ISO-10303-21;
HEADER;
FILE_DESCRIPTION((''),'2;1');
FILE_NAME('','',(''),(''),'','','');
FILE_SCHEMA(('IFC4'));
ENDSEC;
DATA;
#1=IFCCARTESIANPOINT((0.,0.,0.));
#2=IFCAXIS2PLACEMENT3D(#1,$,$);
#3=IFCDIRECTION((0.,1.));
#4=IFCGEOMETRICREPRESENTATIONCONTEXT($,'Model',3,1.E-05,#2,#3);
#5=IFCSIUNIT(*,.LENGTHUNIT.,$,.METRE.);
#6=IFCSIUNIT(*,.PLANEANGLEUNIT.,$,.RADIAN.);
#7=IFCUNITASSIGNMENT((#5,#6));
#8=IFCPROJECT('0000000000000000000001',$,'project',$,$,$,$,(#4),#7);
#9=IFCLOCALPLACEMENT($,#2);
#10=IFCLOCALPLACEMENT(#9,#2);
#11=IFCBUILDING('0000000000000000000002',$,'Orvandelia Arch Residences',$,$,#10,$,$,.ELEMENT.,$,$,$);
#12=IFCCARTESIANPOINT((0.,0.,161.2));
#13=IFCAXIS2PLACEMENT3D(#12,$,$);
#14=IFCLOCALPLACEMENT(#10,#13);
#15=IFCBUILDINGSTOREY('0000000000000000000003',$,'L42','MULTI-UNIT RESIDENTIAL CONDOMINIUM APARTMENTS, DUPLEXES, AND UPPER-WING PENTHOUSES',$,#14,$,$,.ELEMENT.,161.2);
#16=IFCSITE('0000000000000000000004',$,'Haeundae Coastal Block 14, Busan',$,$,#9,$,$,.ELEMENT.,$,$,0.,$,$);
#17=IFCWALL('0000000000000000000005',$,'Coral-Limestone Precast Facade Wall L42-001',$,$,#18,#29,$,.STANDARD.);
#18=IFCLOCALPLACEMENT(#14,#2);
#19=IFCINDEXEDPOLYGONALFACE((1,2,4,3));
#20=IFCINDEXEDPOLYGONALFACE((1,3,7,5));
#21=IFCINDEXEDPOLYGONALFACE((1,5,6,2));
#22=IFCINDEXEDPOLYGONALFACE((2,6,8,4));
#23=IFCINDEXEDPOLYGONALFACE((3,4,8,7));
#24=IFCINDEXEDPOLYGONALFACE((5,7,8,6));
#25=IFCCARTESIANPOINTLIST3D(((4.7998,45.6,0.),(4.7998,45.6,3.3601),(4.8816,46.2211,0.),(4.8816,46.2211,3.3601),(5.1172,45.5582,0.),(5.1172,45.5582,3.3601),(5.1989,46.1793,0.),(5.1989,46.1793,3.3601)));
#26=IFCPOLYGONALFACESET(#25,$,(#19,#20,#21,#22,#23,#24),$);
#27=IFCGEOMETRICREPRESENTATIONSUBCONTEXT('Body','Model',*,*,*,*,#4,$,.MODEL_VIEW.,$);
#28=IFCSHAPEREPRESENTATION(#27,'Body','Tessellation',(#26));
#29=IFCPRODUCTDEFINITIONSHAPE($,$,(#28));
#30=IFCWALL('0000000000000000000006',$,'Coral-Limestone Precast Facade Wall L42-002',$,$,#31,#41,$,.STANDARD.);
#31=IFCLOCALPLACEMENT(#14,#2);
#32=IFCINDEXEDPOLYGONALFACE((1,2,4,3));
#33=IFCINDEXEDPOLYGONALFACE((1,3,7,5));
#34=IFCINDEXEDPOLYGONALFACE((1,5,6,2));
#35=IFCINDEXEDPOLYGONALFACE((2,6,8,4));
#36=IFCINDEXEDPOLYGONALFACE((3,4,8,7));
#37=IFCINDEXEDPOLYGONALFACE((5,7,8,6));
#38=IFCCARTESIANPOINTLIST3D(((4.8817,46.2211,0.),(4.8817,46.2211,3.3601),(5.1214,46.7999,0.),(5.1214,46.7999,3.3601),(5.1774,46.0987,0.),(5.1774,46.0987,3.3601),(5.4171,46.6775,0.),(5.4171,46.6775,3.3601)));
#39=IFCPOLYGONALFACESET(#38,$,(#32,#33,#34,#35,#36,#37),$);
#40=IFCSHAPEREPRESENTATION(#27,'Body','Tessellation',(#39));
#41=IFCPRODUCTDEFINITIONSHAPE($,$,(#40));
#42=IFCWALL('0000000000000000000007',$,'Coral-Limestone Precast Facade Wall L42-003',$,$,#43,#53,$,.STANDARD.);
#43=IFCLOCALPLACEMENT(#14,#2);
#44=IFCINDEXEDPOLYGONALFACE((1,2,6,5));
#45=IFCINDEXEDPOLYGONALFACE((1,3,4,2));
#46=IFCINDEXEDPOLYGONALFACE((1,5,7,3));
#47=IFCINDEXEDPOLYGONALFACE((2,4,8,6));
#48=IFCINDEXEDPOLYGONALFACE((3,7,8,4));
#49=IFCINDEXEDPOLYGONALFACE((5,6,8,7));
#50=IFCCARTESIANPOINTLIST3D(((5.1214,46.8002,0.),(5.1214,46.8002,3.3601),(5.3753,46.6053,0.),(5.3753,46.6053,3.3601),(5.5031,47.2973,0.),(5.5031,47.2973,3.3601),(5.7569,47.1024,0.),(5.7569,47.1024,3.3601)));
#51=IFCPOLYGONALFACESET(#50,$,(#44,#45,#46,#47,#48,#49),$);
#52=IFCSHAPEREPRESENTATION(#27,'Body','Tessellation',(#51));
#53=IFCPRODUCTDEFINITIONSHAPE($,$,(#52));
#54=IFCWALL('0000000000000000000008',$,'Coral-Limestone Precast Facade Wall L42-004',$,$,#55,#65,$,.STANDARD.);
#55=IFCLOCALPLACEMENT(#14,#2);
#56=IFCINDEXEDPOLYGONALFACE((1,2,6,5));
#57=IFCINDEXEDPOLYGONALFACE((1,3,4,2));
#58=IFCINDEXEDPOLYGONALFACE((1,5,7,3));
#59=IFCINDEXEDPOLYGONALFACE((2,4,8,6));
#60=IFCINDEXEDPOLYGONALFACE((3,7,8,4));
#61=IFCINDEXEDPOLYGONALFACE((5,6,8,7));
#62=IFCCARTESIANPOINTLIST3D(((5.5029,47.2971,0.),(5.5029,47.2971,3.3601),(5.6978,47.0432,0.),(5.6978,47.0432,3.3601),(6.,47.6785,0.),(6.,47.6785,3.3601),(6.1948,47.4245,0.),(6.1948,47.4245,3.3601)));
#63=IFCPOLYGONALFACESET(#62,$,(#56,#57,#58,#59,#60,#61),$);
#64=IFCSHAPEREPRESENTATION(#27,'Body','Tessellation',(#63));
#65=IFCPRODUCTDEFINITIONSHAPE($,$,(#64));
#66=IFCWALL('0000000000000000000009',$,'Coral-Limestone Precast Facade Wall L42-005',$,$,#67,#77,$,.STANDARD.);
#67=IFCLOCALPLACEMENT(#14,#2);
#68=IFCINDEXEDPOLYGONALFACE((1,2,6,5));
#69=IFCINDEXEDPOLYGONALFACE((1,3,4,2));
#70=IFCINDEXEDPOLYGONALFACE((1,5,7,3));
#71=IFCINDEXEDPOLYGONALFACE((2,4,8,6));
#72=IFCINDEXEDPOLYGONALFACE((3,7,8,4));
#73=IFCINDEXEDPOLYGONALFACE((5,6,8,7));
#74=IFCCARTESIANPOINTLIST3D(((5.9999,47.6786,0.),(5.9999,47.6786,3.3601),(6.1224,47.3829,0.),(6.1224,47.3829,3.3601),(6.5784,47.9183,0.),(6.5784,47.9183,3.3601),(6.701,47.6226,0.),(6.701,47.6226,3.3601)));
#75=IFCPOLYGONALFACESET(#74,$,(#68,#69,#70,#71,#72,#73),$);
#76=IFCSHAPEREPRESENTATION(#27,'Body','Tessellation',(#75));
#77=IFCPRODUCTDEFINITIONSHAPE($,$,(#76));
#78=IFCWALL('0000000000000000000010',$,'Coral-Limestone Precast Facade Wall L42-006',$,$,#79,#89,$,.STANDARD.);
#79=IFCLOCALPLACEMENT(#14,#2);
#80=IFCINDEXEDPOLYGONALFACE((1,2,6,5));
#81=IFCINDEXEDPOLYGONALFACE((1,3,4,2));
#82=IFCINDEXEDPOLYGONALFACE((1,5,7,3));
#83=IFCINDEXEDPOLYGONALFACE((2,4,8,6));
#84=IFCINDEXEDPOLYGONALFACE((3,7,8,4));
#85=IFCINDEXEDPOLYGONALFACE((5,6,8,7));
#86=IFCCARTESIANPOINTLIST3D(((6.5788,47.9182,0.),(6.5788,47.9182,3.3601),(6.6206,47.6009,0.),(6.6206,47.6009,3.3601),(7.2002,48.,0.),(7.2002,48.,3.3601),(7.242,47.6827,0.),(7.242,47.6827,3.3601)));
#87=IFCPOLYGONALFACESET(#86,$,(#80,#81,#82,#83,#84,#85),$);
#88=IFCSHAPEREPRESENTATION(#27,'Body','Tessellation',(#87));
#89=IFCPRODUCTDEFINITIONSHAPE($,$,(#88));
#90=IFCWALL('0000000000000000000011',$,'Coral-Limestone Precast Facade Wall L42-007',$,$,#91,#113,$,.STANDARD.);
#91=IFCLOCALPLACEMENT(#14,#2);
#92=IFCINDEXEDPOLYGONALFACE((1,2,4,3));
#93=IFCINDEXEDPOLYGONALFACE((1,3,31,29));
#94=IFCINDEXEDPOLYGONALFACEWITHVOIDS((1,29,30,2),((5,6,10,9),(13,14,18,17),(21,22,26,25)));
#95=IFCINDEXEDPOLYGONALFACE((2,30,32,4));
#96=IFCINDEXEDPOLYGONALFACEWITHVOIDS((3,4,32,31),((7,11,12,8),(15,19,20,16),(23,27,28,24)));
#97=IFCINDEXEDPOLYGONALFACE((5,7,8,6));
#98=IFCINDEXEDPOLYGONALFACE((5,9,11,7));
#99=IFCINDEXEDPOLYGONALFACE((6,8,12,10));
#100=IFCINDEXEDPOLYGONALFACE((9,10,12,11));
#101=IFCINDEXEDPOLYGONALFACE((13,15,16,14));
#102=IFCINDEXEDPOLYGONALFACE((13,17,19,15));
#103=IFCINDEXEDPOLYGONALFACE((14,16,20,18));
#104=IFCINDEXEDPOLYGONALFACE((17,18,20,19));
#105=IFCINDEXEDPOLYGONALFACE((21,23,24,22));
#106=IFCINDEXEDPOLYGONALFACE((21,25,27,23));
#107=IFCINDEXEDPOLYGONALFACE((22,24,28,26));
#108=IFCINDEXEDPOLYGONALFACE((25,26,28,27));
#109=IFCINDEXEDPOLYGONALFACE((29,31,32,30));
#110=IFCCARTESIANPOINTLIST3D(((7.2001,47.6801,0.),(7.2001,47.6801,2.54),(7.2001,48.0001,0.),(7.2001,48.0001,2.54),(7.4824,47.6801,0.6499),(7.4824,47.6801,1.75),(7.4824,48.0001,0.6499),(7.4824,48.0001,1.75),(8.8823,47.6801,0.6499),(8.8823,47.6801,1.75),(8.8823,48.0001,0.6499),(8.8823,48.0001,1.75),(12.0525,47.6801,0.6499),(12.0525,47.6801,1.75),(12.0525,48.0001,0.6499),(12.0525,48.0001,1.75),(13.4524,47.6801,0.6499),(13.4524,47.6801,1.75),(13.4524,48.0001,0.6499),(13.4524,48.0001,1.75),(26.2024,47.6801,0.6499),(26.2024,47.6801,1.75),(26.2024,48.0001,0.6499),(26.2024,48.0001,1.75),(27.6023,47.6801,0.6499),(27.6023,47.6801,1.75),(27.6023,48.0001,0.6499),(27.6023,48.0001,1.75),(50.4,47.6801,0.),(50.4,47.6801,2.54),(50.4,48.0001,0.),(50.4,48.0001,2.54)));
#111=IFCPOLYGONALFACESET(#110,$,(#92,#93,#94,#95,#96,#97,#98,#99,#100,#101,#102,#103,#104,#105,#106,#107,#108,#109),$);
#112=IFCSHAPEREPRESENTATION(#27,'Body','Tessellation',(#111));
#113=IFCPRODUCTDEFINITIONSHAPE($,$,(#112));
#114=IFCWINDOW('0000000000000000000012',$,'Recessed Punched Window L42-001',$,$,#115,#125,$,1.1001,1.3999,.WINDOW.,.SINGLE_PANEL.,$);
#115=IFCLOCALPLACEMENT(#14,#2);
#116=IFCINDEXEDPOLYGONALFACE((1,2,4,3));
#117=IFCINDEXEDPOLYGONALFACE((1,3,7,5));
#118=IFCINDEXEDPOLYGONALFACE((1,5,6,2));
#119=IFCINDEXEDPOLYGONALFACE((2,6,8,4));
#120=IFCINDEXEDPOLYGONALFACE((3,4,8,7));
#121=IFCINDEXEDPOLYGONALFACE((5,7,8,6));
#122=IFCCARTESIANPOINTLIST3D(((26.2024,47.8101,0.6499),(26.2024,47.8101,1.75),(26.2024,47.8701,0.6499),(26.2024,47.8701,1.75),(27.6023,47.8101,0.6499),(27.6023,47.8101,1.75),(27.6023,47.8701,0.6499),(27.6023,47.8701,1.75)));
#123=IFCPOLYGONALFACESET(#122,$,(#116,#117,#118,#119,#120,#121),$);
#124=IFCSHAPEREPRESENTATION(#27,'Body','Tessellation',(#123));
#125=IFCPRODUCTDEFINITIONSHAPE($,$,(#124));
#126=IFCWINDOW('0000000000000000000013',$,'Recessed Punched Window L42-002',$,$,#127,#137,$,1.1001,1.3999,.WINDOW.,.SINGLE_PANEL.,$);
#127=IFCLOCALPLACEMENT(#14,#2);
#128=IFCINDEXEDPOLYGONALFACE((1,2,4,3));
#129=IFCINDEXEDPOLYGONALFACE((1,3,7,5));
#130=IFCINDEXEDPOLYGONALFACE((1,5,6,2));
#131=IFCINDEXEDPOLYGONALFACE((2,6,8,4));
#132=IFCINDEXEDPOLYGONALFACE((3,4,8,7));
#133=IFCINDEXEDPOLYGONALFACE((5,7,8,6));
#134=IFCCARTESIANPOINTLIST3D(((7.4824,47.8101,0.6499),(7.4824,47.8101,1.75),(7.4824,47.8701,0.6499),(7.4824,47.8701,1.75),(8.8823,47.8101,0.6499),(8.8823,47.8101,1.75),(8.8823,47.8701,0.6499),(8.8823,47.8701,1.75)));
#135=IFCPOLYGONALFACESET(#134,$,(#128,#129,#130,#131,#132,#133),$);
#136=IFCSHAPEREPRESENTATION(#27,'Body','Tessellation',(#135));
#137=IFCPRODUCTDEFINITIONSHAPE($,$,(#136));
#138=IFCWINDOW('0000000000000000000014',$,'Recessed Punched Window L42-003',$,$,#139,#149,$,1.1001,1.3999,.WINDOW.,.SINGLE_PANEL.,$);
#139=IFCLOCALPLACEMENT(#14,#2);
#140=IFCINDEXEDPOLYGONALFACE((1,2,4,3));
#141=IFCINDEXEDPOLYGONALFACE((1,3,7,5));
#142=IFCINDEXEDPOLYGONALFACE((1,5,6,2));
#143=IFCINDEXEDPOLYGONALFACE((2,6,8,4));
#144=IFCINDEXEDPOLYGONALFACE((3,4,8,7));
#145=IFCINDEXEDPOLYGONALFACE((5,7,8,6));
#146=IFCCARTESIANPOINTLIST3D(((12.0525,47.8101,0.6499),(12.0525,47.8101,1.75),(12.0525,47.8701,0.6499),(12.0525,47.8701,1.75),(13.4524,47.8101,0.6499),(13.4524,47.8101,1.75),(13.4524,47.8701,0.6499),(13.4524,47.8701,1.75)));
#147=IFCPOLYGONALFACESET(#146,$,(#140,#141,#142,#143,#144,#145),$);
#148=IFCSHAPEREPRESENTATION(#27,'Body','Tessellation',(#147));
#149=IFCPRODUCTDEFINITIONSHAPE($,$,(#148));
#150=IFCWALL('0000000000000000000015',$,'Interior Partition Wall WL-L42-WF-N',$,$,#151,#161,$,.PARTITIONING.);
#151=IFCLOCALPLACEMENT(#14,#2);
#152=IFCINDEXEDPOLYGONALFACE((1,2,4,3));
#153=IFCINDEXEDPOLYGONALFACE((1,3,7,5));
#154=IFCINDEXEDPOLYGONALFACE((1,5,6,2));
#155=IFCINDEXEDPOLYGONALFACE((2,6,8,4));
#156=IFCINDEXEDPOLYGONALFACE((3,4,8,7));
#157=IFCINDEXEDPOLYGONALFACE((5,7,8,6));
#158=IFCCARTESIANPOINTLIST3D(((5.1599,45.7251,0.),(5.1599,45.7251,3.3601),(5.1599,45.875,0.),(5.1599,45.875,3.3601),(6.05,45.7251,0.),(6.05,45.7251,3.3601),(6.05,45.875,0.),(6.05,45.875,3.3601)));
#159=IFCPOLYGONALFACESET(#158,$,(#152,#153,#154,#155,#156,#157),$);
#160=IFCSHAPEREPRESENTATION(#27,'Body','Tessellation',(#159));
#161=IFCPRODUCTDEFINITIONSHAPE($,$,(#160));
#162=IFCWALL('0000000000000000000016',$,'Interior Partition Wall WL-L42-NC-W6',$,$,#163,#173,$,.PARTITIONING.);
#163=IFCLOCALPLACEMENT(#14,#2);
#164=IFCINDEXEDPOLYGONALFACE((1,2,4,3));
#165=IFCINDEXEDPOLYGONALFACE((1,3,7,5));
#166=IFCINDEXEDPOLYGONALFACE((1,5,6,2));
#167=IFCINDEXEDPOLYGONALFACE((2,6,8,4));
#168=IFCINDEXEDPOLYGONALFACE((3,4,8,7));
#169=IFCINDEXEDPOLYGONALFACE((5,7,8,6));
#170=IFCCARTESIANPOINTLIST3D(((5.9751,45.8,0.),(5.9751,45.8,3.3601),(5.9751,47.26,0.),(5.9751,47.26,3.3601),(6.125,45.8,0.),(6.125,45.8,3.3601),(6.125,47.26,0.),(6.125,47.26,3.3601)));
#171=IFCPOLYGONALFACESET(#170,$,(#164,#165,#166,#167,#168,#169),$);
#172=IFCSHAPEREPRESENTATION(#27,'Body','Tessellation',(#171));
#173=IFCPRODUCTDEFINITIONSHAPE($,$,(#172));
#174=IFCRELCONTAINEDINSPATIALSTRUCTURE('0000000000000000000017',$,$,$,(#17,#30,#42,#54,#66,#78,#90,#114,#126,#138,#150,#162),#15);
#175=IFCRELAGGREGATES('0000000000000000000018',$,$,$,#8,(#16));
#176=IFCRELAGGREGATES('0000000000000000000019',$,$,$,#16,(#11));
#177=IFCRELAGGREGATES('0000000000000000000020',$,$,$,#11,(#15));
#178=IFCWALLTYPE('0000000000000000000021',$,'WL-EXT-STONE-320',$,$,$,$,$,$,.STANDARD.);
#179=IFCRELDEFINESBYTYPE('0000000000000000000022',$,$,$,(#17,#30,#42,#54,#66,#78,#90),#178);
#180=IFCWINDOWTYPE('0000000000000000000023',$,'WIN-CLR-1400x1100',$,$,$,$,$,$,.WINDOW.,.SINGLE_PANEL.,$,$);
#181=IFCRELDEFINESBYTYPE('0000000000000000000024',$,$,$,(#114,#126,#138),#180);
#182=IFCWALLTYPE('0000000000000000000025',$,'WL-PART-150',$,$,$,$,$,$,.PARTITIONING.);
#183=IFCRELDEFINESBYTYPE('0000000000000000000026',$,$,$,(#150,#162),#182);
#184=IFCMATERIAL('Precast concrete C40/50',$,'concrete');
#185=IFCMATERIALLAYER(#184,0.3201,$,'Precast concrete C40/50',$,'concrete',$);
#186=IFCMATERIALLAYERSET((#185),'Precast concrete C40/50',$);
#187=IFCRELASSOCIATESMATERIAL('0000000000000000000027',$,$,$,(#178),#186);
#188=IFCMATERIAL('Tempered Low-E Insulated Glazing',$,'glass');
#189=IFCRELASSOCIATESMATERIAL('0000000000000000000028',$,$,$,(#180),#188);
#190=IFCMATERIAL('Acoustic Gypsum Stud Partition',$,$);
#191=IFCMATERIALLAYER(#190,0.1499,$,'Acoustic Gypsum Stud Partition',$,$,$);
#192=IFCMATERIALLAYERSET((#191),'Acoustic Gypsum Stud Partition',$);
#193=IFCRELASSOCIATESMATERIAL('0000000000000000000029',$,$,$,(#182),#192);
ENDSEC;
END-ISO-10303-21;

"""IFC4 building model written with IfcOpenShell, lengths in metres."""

from ifc_helpers import new_model, si_unit, direction, frame, frame_2d, origin, place, context, subcontext, project, spatial, rectangle, extrude, material, layer, layer_set, type_object, element, fill, save


model = new_model("IFC4")

# Units and contexts
model_context = context("Model", 3, precision=1e-05, world=origin(), true_north=direction((0.0, 1.0)))
body_context = subcontext(model_context, "Body", "Model", "MODEL_VIEW")
ifc_project = project(units=[si_unit("LENGTHUNIT", "METRE"), si_unit("PLANEANGLEUNIT", "RADIAN")], contexts=[model_context])

# Site, building, storey
site_placement = place(None, origin())
site = spatial("IfcSite", under=ifc_project, at=site_placement, Name="Haeundae Coastal Block 14, Busan", CompositionType="ELEMENT", RefElevation=0.0)
building_placement = place(site_placement, origin())
building = spatial("IfcBuilding", under=site, at=building_placement, Name="Orvandelia Arch Residences", CompositionType="ELEMENT")
storey_placement = place(building_placement, frame((0.0, 0.0, 161.2)))
storey = spatial("IfcBuildingStorey", under=building, at=storey_placement, Name="L42", Description="MULTI-UNIT RESIDENTIAL CONDOMINIUM APARTMENTS, DUPLEXES, AND UPPER-WING PENTHOUSES", CompositionType="ELEMENT", Elevation=161.2)

# Walls
ifc_material_1 = material(Name="Precast concrete C40/50", Category="concrete")
ifc_layer_1 = layer(ifc_material_1, 0.3201, Name="Precast concrete C40/50", Category="concrete")
ifc_layer_set_1 = layer_set([ifc_layer_1], Name="Precast concrete C40/50")
wall_type_1 = type_object("IfcWallType", Name="WL-EXT-STONE-320", PredefinedType="STANDARD", material=ifc_layer_set_1)
for number, where, z_axis, x_axis, name in (
    (1, (4.9585, 45.5791, 0.0), (0.0, 0.0, 1.0), (0.130555, 0.991441, 0.0), "Coral-Limestone Precast Facade Wall L42-001"),
    (2, (5.0295, 46.1599, 0.0), (0.0, 0.0, 1.0), (0.38265, 0.923893, 0.0), "Coral-Limestone Precast Facade Wall L42-002"),
):
    element("IfcWall", number, at=place(storey_placement, frame(where, z_axis=z_axis, x_axis=x_axis)), inside=storey, type_object=wall_type_1, Name=name, PredefinedType="STANDARD", context=body_context, shape_type="SweptSolid", body=[
        extrude(rectangle(XDim=0.6265, YDim=0.3201, at=frame_2d((0.3132, 0.0))), origin(), (0.0, 0.0, 1.0), 3.3601),
    ])
wall_1_placement = place(storey_placement, frame((5.2483, 46.7026, 0.0), z_axis=(0.0, 0.0, 1.0), x_axis=(0.608939, 0.793217, 0.0)))
element("IfcWall", 3, at=wall_1_placement, inside=storey, type_object=wall_type_1, Name="Coral-Limestone Precast Facade Wall L42-003", PredefinedType="STANDARD", context=body_context, shape_type="SweptSolid", body=[
    extrude(rectangle(XDim=0.6267, YDim=0.3201, at=frame_2d((0.3135, 0.0))), origin(), (0.0, 0.0, 1.0), 3.3601),
])
wall_2_placement = place(storey_placement, frame((5.6003, 47.1702, 0.0), z_axis=(0.0, 0.0, 1.0), x_axis=(0.793406, 0.608693, 0.0)))
element("IfcWall", 4, at=wall_2_placement, inside=storey, type_object=wall_type_1, Name="Coral-Limestone Precast Facade Wall L42-004", PredefinedType="STANDARD", context=body_context, shape_type="SweptSolid", body=[
    extrude(rectangle(XDim=0.6265, YDim=0.3201, at=frame_2d((0.3132, 0.0))), origin(), (0.0, 0.0, 1.0), 3.3601),
])
wall_3_placement = place(storey_placement, frame((6.0613, 47.5308, 0.0), z_axis=(0.0, 0.0, 1.0), x_axis=(0.923836, 0.382788, 0.0)))
element("IfcWall", 5, at=wall_3_placement, inside=storey, type_object=wall_type_1, Name="Coral-Limestone Precast Facade Wall L42-005", PredefinedType="STANDARD", context=body_context, shape_type="SweptSolid", body=[
    extrude(rectangle(XDim=0.6262, YDim=0.3201, at=frame_2d((0.313, 0.0))), origin(), (0.0, 0.0, 1.0), 3.3601),
])
wall_4_placement = place(storey_placement, frame((6.5996, 47.7595, 0.0), z_axis=(0.0, 0.0, 1.0), x_axis=(0.991448, 0.130505, 0.0)))
element("IfcWall", 6, at=wall_4_placement, inside=storey, type_object=wall_type_1, Name="Coral-Limestone Precast Facade Wall L42-006", PredefinedType="STANDARD", context=body_context, shape_type="SweptSolid", body=[
    extrude(rectangle(XDim=0.6267, YDim=0.3201, at=frame_2d((0.3135, 0.0))), origin(), (0.0, 0.0, 1.0), 3.3601),
])

# Wall, openings, windows
wall_5_placement = place(storey_placement, frame((7.2, 47.8401, 0.0), z_axis=(0.0, 0.0, 1.0), x_axis=(1.0, 0.0, 0.0)))
wall_5 = element("IfcWall", 7, at=wall_5_placement, inside=storey, type_object=wall_type_1, Name="Coral-Limestone Precast Facade Wall L42-007", PredefinedType="STANDARD", context=body_context, shape_type="SweptSolid", body=[
    extrude(rectangle(XDim=43.2, YDim=0.3201, at=frame_2d((21.6001, 0.0))), origin(), (0.0, 0.0, 1.0), 2.54),
])
opening_1_placement = place(wall_5_placement, frame((19.0024, 0.0, 0.6499)))
opening_1 = element("IfcOpeningElement", 8, at=opening_1_placement, cuts=wall_5, PredefinedType="OPENING", context=body_context, shape_type="SweptSolid", body=[
    extrude(rectangle(XDim=1.3999, YDim=1.1001, at=frame_2d((0.7, 0.55))), frame((0.0, 0.1699, 0.0), z_axis=(0.0, -1.0, 0.0), x_axis=(1.0, 0.0, 0.0)), (0.0, 0.0, 1.0), 0.3401),
])
opening_2_placement = place(wall_5_placement, frame((0.2825, 0.0, 0.6499)))
opening_2 = element("IfcOpeningElement", 9, at=opening_2_placement, cuts=wall_5, PredefinedType="OPENING", context=body_context, shape_type="SweptSolid", body=[
    extrude(rectangle(XDim=1.3999, YDim=1.1001, at=frame_2d((0.7, 0.55))), frame((0.0, 0.1699, 0.0), z_axis=(0.0, -1.0, 0.0), x_axis=(1.0, 0.0, 0.0)), (0.0, 0.0, 1.0), 0.3401),
])
opening_3_placement = place(wall_5_placement, frame((4.8525, 0.0, 0.6499)))
opening_3 = element("IfcOpeningElement", 10, at=opening_3_placement, cuts=wall_5, PredefinedType="OPENING", context=body_context, shape_type="SweptSolid", body=[
    extrude(rectangle(XDim=1.3999, YDim=1.1001, at=frame_2d((0.7, 0.55))), frame((0.0, 0.1699, 0.0), z_axis=(0.0, -1.0, 0.0), x_axis=(1.0, 0.0, 0.0)), (0.0, 0.0, 1.0), 0.3401),
])
ifc_material_2 = material(Name="Tempered Low-E Insulated Glazing", Category="glass")
window_type = type_object("IfcWindowType", Name="WIN-CLR-1400x1100", PartitioningType="SINGLE_PANEL", PredefinedType="WINDOW", material=ifc_material_2)
window_1_placement = place(opening_1_placement, origin())
window_1 = element("IfcWindow", 11, at=window_1_placement, inside=storey, type_object=window_type, Name="Recessed Punched Window L42-001", OverallHeight=1.1001, OverallWidth=1.3999, PartitioningType="SINGLE_PANEL", PredefinedType="WINDOW", context=body_context, shape_type="SweptSolid", body=[
    extrude(rectangle(XDim=1.3999, YDim=1.1001, at=frame_2d((0.7, 0.55))), frame((0.0, 0.03, 0.0), z_axis=(0.0, -1.0, 0.0), x_axis=(1.0, 0.0, 0.0)), (0.0, 0.0, 1.0), 0.0601),
])
fill(opening_1, window_1)
window_2_placement = place(opening_2_placement, origin())
window_2 = element("IfcWindow", 12, at=window_2_placement, inside=storey, type_object=window_type, Name="Recessed Punched Window L42-002", OverallHeight=1.1001, OverallWidth=1.3999, PartitioningType="SINGLE_PANEL", PredefinedType="WINDOW", context=body_context, shape_type="SweptSolid", body=[
    extrude(rectangle(XDim=1.3999, YDim=1.1001, at=frame_2d((0.7, 0.55))), frame((0.0, 0.03, 0.0), z_axis=(0.0, -1.0, 0.0), x_axis=(1.0, 0.0, 0.0)), (0.0, 0.0, 1.0), 0.0601),
])
fill(opening_2, window_2)
window_3_placement = place(opening_3_placement, origin())
window_3 = element("IfcWindow", 13, at=window_3_placement, inside=storey, type_object=window_type, Name="Recessed Punched Window L42-003", OverallHeight=1.1001, OverallWidth=1.3999, PartitioningType="SINGLE_PANEL", PredefinedType="WINDOW", context=body_context, shape_type="SweptSolid", body=[
    extrude(rectangle(XDim=1.3999, YDim=1.1001, at=frame_2d((0.7, 0.55))), frame((0.0, 0.03, 0.0), z_axis=(0.0, -1.0, 0.0), x_axis=(1.0, 0.0, 0.0)), (0.0, 0.0, 1.0), 0.0601),
])
fill(opening_3, window_3)

# Walls
ifc_material_3 = material(Name="Acoustic Gypsum Stud Partition")
ifc_layer_2 = layer(ifc_material_3, 0.1499, Name="Acoustic Gypsum Stud Partition")
ifc_layer_set_2 = layer_set([ifc_layer_2], Name="Acoustic Gypsum Stud Partition")
wall_type_2 = type_object("IfcWallType", Name="WL-PART-150", PredefinedType="PARTITIONING", material=ifc_layer_set_2)
wall_6_placement = place(storey_placement, frame((5.1599, 45.8, 0.0), z_axis=(0.0, 0.0, 1.0), x_axis=(1.0, 0.0, 0.0)))
element("IfcWall", 14, at=wall_6_placement, inside=storey, type_object=wall_type_2, Name="Interior Partition Wall WL-L42-WF-N", PredefinedType="PARTITIONING", context=body_context, shape_type="SweptSolid", body=[
    extrude(rectangle(XDim=0.8901, YDim=0.1499, at=frame_2d((0.4451, 0.0))), origin(), (0.0, 0.0, 1.0), 3.3601),
])
wall_7_placement = place(storey_placement, frame((6.05, 45.8, 0.0), z_axis=(0.0, 0.0, 1.0), x_axis=(0.0, 1.0, 0.0)))
element("IfcWall", 15, at=wall_7_placement, inside=storey, type_object=wall_type_2, Name="Interior Partition Wall WL-L42-NC-W6", PredefinedType="PARTITIONING", context=body_context, shape_type="SweptSolid", body=[
    extrude(rectangle(XDim=1.46, YDim=0.1499, at=frame_2d((0.73, 0.0))), origin(), (0.0, 0.0, 1.0), 3.3601),
])

save(model, "model.ifc")
